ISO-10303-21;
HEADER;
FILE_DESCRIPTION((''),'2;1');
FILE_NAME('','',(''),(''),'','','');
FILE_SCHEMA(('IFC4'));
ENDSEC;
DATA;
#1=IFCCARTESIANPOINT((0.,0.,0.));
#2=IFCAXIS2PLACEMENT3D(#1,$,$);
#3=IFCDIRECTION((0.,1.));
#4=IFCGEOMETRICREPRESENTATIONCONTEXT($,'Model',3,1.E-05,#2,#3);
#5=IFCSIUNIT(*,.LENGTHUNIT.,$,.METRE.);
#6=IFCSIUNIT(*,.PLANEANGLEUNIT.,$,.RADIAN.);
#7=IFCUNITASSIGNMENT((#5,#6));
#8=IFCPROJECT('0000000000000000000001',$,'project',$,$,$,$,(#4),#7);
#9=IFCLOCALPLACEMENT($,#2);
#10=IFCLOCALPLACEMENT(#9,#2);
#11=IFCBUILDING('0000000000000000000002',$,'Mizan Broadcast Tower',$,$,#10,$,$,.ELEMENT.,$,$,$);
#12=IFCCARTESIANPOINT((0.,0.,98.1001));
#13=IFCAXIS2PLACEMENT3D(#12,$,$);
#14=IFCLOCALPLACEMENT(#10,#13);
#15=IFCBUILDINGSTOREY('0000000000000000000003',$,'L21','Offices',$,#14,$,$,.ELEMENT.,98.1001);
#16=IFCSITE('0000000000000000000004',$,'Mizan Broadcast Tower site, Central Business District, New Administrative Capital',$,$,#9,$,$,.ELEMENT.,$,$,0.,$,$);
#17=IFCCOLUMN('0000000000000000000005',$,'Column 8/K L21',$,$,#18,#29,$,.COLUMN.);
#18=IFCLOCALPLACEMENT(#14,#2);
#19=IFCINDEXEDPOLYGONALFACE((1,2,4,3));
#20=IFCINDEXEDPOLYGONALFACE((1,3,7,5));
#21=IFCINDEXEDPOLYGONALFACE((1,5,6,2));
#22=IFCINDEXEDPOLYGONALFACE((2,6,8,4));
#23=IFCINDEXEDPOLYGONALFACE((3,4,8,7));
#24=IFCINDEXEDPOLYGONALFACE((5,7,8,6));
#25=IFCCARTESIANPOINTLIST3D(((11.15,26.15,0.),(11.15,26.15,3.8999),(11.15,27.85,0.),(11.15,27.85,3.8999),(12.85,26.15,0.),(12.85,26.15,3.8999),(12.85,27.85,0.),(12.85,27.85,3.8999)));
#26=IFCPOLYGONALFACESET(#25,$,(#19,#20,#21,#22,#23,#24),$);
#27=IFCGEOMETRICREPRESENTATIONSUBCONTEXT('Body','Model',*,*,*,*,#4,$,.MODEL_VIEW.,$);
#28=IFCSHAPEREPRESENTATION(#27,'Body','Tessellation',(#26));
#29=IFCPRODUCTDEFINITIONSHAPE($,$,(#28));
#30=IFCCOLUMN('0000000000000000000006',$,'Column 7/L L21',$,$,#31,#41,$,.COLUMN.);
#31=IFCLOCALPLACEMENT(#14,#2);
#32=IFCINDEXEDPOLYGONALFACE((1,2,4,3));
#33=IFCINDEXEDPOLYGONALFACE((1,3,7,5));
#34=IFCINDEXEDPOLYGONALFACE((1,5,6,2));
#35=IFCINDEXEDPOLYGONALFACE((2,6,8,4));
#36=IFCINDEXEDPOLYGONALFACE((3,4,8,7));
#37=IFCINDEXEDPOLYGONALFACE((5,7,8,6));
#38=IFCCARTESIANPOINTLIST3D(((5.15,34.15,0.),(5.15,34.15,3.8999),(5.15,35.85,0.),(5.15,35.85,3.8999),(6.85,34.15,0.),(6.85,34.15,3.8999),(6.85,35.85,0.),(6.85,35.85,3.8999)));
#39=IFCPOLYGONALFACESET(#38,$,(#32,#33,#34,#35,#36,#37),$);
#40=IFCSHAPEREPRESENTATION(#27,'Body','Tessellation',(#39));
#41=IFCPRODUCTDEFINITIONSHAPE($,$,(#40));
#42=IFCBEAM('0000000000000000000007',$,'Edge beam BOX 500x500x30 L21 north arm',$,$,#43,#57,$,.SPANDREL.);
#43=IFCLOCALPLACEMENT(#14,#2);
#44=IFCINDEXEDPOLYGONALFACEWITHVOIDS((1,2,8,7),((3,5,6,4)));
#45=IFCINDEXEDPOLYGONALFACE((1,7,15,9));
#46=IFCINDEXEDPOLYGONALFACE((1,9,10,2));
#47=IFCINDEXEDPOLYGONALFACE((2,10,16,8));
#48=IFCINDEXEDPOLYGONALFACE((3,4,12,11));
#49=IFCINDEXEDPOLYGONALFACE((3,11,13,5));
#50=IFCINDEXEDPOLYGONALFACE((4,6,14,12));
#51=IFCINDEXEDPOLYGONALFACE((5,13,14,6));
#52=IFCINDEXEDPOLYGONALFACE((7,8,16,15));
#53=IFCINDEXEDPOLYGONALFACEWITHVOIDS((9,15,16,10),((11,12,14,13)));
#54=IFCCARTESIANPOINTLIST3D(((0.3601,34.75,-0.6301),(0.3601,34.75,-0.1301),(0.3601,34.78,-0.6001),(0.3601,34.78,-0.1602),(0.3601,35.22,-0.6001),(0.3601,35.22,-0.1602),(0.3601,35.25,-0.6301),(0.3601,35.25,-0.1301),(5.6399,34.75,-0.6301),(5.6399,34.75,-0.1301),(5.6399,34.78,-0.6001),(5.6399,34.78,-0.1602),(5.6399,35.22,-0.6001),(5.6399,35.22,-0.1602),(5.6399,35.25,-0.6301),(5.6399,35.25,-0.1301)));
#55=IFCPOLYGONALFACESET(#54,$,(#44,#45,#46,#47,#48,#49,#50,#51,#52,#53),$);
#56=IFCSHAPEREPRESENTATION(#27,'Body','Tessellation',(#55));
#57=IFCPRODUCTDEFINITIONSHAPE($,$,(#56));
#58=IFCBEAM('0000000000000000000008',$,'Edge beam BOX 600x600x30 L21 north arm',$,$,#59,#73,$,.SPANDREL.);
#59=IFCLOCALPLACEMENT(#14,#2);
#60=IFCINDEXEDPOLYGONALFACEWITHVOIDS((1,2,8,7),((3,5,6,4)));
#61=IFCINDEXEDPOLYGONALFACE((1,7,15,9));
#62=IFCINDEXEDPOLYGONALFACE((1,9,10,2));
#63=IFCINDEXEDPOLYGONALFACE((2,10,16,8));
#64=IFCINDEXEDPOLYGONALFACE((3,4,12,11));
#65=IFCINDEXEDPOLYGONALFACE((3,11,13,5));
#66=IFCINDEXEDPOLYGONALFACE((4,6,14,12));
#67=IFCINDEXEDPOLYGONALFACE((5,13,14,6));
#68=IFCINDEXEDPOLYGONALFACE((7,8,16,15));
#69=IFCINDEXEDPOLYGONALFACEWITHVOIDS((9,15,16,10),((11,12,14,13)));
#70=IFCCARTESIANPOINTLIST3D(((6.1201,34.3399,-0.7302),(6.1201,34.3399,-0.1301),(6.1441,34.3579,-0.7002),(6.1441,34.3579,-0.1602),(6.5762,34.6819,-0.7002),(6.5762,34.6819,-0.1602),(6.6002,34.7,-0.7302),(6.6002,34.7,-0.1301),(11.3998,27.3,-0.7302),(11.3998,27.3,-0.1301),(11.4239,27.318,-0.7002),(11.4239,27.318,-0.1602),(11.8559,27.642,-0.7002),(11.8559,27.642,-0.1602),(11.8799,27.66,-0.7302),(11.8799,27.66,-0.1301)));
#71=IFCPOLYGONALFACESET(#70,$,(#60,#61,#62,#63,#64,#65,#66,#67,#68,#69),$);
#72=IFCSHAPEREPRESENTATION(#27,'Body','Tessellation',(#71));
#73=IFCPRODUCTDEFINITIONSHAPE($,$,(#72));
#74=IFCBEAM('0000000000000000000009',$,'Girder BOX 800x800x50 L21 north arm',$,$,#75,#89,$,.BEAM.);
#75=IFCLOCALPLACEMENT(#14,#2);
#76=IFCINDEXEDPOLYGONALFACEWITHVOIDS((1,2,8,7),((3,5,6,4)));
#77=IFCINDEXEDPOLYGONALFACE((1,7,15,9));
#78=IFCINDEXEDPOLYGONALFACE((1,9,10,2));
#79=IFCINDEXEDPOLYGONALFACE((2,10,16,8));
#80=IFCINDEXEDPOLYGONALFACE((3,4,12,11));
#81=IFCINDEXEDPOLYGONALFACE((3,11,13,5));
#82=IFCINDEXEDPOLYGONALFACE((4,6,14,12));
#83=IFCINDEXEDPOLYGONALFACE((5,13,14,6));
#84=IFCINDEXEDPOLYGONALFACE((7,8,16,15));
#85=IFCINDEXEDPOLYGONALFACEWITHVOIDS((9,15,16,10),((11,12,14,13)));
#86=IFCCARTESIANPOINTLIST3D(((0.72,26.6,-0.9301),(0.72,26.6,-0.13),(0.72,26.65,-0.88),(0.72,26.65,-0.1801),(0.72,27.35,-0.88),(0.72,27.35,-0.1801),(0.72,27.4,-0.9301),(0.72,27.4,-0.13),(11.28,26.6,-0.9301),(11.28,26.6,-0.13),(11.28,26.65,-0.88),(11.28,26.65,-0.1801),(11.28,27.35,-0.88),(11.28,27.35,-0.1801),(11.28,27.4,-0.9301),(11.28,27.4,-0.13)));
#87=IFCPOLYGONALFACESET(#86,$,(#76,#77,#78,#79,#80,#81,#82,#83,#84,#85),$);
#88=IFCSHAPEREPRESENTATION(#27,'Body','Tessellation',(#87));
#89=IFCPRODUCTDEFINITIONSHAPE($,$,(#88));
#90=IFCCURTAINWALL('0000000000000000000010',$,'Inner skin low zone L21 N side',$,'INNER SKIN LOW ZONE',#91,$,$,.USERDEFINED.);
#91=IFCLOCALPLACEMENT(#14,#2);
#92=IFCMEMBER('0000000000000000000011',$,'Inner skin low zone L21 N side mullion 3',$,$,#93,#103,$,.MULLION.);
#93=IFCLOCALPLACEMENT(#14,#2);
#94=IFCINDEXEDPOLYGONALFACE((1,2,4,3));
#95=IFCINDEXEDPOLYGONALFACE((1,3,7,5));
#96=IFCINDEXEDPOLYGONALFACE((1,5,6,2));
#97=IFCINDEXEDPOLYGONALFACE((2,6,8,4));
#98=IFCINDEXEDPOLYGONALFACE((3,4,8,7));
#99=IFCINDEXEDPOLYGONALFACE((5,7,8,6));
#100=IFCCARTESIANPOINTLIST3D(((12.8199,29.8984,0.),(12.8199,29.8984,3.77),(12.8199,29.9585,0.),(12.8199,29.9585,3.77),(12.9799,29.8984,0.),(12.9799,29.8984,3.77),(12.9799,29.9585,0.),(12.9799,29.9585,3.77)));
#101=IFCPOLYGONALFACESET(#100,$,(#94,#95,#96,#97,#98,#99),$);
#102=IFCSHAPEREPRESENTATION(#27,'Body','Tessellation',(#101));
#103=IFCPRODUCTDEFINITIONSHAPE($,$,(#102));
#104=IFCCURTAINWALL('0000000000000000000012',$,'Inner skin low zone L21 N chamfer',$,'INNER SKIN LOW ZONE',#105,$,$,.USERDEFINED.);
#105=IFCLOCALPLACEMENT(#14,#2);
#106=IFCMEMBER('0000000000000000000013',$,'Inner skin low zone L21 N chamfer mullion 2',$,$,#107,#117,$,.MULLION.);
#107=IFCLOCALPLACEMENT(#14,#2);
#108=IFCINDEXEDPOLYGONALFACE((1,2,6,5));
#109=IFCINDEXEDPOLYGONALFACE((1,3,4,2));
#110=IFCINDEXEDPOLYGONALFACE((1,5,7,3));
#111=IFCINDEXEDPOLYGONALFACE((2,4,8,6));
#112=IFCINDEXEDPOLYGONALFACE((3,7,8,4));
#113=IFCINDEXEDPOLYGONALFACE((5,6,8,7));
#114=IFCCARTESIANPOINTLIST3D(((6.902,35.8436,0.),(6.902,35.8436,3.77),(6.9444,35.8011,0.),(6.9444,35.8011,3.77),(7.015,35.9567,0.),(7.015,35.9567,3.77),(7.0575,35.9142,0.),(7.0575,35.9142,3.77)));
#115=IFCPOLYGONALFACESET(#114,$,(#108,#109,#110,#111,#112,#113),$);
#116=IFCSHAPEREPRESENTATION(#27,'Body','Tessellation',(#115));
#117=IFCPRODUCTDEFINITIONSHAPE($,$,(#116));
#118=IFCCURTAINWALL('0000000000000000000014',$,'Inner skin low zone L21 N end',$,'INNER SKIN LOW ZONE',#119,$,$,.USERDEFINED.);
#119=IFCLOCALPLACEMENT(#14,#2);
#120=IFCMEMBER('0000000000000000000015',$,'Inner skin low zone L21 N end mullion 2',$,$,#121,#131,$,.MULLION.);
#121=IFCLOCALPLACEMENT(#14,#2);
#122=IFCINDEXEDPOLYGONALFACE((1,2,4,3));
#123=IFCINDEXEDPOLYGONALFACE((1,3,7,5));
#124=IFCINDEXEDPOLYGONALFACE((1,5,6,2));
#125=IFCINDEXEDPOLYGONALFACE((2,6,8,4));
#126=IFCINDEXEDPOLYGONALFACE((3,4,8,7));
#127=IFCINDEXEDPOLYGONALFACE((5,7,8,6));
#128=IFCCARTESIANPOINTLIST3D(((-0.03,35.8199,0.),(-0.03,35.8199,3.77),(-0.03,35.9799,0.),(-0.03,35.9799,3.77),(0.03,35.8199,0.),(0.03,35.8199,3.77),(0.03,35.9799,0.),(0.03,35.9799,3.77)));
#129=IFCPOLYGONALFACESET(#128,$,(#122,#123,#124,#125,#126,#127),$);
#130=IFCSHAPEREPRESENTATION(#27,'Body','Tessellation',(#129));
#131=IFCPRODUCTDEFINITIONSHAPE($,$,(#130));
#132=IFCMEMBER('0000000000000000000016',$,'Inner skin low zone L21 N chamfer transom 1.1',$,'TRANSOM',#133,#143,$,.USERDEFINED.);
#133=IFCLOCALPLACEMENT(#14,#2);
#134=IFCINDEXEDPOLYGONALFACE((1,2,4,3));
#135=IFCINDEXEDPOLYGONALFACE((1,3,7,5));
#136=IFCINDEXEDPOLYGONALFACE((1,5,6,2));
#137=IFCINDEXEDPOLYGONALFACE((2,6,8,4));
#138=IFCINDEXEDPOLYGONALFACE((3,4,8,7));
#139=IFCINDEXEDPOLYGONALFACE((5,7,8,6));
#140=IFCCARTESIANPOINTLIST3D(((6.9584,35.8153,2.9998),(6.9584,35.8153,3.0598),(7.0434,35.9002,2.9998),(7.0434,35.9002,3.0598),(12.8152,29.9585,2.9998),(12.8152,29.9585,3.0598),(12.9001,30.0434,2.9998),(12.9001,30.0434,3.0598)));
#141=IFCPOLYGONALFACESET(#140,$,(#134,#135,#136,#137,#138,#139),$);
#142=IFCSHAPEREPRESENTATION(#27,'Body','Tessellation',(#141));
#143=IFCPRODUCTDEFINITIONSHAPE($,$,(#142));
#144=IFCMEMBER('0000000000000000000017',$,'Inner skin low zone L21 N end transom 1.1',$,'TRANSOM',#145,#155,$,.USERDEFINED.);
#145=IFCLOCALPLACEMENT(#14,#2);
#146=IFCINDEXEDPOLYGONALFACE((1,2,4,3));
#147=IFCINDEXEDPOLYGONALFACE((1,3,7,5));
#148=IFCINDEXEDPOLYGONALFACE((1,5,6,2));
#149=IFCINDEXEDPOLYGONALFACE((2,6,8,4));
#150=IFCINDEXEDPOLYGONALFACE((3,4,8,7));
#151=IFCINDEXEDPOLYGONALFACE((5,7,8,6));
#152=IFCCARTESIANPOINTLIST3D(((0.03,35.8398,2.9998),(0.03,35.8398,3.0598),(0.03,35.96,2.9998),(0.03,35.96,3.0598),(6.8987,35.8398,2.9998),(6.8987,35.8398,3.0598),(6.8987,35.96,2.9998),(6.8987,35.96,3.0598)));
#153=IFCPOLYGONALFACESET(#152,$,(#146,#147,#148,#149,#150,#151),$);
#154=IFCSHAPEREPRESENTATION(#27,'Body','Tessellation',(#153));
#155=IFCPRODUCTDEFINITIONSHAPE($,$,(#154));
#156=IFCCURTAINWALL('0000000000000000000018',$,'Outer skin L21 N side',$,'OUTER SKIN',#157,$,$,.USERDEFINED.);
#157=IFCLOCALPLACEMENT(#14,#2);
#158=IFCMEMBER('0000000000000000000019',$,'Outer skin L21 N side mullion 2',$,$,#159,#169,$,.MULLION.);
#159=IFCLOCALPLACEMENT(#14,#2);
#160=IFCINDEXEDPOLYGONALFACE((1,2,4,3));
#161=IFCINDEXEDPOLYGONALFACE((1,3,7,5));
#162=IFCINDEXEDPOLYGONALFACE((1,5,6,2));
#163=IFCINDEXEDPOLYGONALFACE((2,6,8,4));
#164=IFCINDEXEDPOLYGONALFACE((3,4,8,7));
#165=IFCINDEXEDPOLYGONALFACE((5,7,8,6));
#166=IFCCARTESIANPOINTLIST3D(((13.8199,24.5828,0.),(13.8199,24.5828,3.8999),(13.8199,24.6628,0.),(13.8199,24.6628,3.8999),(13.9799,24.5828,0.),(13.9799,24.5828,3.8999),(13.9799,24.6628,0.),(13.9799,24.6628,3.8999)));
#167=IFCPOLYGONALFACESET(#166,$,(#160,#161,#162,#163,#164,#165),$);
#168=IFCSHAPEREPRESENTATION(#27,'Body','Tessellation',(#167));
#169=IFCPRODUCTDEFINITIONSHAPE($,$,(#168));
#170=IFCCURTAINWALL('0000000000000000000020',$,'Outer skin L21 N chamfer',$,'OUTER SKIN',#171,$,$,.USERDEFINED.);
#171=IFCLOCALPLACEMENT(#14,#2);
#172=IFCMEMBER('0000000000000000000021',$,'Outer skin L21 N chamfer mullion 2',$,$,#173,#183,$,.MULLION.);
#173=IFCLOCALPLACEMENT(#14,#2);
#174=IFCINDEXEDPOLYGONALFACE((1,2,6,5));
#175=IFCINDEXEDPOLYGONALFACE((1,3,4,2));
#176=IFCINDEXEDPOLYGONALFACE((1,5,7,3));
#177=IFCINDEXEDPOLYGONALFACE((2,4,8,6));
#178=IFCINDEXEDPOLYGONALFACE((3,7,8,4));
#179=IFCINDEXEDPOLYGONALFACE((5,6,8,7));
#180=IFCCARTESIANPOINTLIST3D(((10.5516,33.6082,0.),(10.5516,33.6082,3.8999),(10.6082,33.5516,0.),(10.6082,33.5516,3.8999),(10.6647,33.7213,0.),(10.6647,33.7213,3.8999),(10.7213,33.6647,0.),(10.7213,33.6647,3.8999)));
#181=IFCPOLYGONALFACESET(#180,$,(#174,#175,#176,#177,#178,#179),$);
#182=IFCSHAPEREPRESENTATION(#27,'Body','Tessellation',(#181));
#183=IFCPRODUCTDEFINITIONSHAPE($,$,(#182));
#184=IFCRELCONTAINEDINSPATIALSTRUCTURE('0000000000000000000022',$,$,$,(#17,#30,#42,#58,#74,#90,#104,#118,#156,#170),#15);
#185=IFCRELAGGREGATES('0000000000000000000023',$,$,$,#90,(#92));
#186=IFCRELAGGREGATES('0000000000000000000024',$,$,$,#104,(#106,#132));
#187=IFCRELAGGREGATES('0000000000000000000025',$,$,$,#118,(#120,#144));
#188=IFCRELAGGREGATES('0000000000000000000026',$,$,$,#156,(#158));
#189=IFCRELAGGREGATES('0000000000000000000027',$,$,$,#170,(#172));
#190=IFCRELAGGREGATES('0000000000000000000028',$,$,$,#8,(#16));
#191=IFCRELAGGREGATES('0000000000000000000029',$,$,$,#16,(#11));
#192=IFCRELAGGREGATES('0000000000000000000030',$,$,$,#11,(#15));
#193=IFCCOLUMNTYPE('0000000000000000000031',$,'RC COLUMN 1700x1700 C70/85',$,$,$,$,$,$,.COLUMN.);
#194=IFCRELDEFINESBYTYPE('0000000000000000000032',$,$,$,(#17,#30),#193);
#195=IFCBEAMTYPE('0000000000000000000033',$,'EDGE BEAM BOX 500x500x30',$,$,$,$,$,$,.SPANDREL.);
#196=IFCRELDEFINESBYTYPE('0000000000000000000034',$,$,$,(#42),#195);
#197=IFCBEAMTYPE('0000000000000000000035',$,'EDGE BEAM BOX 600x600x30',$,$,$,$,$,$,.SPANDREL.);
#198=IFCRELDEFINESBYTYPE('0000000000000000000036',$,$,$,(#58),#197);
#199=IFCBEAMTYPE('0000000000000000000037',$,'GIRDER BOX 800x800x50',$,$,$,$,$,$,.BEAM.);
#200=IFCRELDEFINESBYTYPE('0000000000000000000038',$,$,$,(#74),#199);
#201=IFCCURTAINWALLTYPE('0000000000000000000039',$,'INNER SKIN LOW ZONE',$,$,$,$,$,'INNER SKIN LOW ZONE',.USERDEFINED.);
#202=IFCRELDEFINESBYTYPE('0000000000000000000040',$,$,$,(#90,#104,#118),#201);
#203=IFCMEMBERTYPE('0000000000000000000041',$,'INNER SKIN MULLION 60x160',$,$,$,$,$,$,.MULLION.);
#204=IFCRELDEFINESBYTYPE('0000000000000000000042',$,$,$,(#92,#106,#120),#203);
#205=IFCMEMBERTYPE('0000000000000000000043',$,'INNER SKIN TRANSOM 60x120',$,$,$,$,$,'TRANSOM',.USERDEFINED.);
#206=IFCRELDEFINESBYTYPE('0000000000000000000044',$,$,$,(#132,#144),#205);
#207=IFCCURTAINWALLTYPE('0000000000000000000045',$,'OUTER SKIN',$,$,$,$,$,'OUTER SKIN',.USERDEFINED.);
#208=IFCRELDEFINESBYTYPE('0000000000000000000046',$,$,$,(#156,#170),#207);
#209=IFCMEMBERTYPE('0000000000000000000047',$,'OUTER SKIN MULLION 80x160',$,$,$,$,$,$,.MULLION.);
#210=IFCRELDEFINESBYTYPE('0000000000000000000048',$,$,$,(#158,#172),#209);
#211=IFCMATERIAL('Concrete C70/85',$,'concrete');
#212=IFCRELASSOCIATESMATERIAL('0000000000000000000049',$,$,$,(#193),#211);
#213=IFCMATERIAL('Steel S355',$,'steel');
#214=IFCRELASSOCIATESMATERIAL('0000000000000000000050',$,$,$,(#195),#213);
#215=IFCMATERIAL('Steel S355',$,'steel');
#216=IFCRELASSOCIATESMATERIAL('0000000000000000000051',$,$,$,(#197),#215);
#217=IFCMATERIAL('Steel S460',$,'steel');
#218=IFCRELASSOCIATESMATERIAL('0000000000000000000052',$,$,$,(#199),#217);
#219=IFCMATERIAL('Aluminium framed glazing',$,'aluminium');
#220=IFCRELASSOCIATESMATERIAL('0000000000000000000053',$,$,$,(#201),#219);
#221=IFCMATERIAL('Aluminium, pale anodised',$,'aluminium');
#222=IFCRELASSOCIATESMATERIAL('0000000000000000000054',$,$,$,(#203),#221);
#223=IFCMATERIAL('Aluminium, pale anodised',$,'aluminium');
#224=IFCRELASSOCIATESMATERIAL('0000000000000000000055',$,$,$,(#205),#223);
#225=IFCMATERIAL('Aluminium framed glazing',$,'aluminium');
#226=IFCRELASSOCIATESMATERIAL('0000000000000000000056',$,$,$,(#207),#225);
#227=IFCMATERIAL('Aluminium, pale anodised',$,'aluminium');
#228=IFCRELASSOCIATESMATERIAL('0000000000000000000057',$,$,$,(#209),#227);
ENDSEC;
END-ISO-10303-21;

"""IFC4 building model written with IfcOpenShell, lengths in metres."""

from ifc_helpers import new_model, si_unit, direction, frame, origin, origin_2d, place, context, subcontext, project, spatial, rectangle, hollow_rectangle, extrude, material, material_profile, profile_set, type_object, element, aggregate, save


model = new_model("IFC4")

# Units and contexts
model_context = context("Model", 3, precision=1e-05, world=origin(), true_north=direction((0.0, 1.0)))
body_context = subcontext(model_context, "Body", "Model", "MODEL_VIEW")
ifc_project = project(units=[si_unit("LENGTHUNIT", "METRE"), si_unit("PLANEANGLEUNIT", "RADIAN")], contexts=[model_context])

# Site, building, storey
site_placement = place(None, origin())
site = spatial("IfcSite", under=ifc_project, at=site_placement, Name="Mizan Broadcast Tower site, Central Business District, New Administrative Capital", CompositionType="ELEMENT", RefElevation=0.0)
building_placement = place(site_placement, origin())
building = spatial("IfcBuilding", under=site, at=building_placement, Name="Mizan Broadcast Tower", CompositionType="ELEMENT")
storey_placement = place(building_placement, frame((0.0, 0.0, 98.1001)))
storey = spatial("IfcBuildingStorey", under=building, at=storey_placement, Name="L21", Description="Offices", CompositionType="ELEMENT", Elevation=98.1001)

# Columns
ifc_material_1 = material(Name="Concrete C70/85", Category="concrete")
ifc_material_profile_1 = material_profile(ifc_material_1, rectangle(XDim=1.7, YDim=1.7, at=origin_2d()), Name="RC 1700x1700")
ifc_profile_set_1 = profile_set([ifc_material_profile_1], Name="Concrete C70/85")
column_type = type_object("IfcColumnType", Name="RC COLUMN 1700x1700 C70/85", PredefinedType="COLUMN", material=ifc_profile_set_1)
for number, where, z_axis, x_axis, name in (
    (1, (12.0, 27.0, 0.0), (0.0, 0.0, 1.0), (1.0, 0.0, 0.0), "Column 8/K L21"),
    (2, (6.0, 35.0, 0.0), (0.0, 0.0, 1.0), (1.0, 0.0, 0.0), "Column 7/L L21"),
):
    element("IfcColumn", number, at=place(storey_placement, frame(where, z_axis=z_axis, x_axis=x_axis)), inside=storey, type_object=column_type, Name=name, PredefinedType="COLUMN", context=body_context, shape_type="SweptSolid", body=[
        extrude(rectangle(XDim=1.7, YDim=1.7, at=origin_2d()), origin(), (0.0, 0.0, 1.0), 3.8999),
    ])

# Beams
ifc_material_2 = material(Name="Steel S355", Category="steel")
ifc_material_profile_2 = material_profile(ifc_material_2, hollow_rectangle(XDim=0.5, YDim=0.5, WallThickness=0.03, at=origin_2d()), Name="BOX 500x500x30")
ifc_profile_set_2 = profile_set([ifc_material_profile_2], Name="Steel S355")
beam_type_1 = type_object("IfcBeamType", Name="EDGE BEAM BOX 500x500x30", PredefinedType="SPANDREL", material=ifc_profile_set_2)
beam_1_placement = place(storey_placement, frame((5.6399, 35.0, -0.3801), z_axis=(-1.0, 0.0, 0.0), x_axis=(0.0, -1.0, 0.0)))
element("IfcBeam", 3, at=beam_1_placement, inside=storey, type_object=beam_type_1, Name="Edge beam BOX 500x500x30 L21 north arm", PredefinedType="SPANDREL", context=body_context, shape_type="SweptSolid", body=[
    extrude(hollow_rectangle(XDim=0.5, YDim=0.5, WallThickness=0.03, at=origin_2d()), origin(), (0.0, 0.0, 1.0), 5.2798),
])
ifc_material_3 = material(Name="Steel S355", Category="steel")
ifc_material_profile_3 = material_profile(ifc_material_3, hollow_rectangle(XDim=0.6001, YDim=0.6001, WallThickness=0.03, at=origin_2d()), Name="BOX 600x600x30")
ifc_profile_set_3 = profile_set([ifc_material_profile_3], Name="Steel S355")
beam_type_2 = type_object("IfcBeamType", Name="EDGE BEAM BOX 600x600x30", PredefinedType="SPANDREL", material=ifc_profile_set_3)
beam_2_placement = place(storey_placement, frame((11.6399, 27.48, -0.4302), z_axis=(-0.599982, 0.800013, 0.0), x_axis=(-0.800013, -0.599982, 0.0)))
element("IfcBeam", 4, at=beam_2_placement, inside=storey, type_object=beam_type_2, Name="Edge beam BOX 600x600x30 L21 north arm", PredefinedType="SPANDREL", context=body_context, shape_type="SweptSolid", body=[
    extrude(hollow_rectangle(XDim=0.6001, YDim=0.6001, WallThickness=0.03, at=origin_2d()), origin(), (0.0, 0.0, 1.0), 8.7998),
])
ifc_material_4 = material(Name="Steel S460", Category="steel")
ifc_material_profile_4 = material_profile(ifc_material_4, hollow_rectangle(XDim=0.8, YDim=0.8, WallThickness=0.05, at=origin_2d()), Name="BOX 800x800x50")
ifc_profile_set_4 = profile_set([ifc_material_profile_4], Name="Steel S460")
beam_type_3 = type_object("IfcBeamType", Name="GIRDER BOX 800x800x50", PredefinedType="BEAM", material=ifc_profile_set_4)
beam_3_placement = place(storey_placement, frame((11.28, 27.0, -0.53), z_axis=(-1.0, 0.0, 0.0), x_axis=(0.0, -1.0, 0.0)))
element("IfcBeam", 5, at=beam_3_placement, inside=storey, type_object=beam_type_3, Name="Girder BOX 800x800x50 L21 north arm", PredefinedType="BEAM", context=body_context, shape_type="SweptSolid", body=[
    extrude(hollow_rectangle(XDim=0.8, YDim=0.8, WallThickness=0.05, at=origin_2d()), origin(), (0.0, 0.0, 1.0), 10.5601),
])

# Curtain walls, members
ifc_material_5 = material(Name="Aluminium framed glazing", Category="aluminium")
curtain_wall_type_1 = type_object("IfcCurtainWallType", Name="INNER SKIN LOW ZONE", ElementType="INNER SKIN LOW ZONE", PredefinedType="USERDEFINED", material=ifc_material_5)
curtain_wall_1_placement = place(storey_placement, origin())
curtain_wall_1 = element("IfcCurtainWall", 6, at=curtain_wall_1_placement, inside=storey, type_object=curtain_wall_type_1, Name="Inner skin low zone L21 N side", ObjectType="INNER SKIN LOW ZONE", PredefinedType="USERDEFINED")
ifc_material_6 = material(Name="Aluminium, pale anodised", Category="aluminium")
ifc_material_profile_5 = material_profile(ifc_material_6, rectangle(XDim=0.1599, YDim=0.0601, at=origin_2d()), Name="MULLION 160x60")
ifc_profile_set_5 = profile_set([ifc_material_profile_5], Name="Aluminium, pale anodised")
member_type_1 = type_object("IfcMemberType", Name="INNER SKIN MULLION 60x160", PredefinedType="MULLION", material=ifc_profile_set_5)
member_1_placement = place(storey_placement, frame((12.8999, 29.9285, 0.0), z_axis=(0.0, 0.0, 1.0), x_axis=(-1.0, 0.0, 0.0)))
member_1 = element("IfcMember", 7, at=member_1_placement, type_object=member_type_1, Name="Inner skin low zone L21 N side mullion 3", PredefinedType="MULLION", context=body_context, shape_type="SweptSolid", body=[
    extrude(rectangle(XDim=0.1599, YDim=0.0601, at=origin_2d()), origin(), (0.0, 0.0, 1.0), 3.77),
])
curtain_wall_2_placement = place(storey_placement, origin())
curtain_wall_2 = element("IfcCurtainWall", 8, at=curtain_wall_2_placement, inside=storey, type_object=curtain_wall_type_1, Name="Inner skin low zone L21 N chamfer", ObjectType="INNER SKIN LOW ZONE", PredefinedType="USERDEFINED")
member_2_placement = place(storey_placement, frame((6.9797, 35.8789, 0.0), z_axis=(0.0, 0.0, 1.0), x_axis=(-0.707107, -0.707107, 0.0)))
member_2 = element("IfcMember", 9, at=member_2_placement, type_object=member_type_1, Name="Inner skin low zone L21 N chamfer mullion 2", PredefinedType="MULLION", context=body_context, shape_type="SweptSolid", body=[
    extrude(rectangle(XDim=0.1599, YDim=0.0601, at=origin_2d()), origin(), (0.0, 0.0, 1.0), 3.77),
])
curtain_wall_3_placement = place(storey_placement, origin())
curtain_wall_3 = element("IfcCurtainWall", 10, at=curtain_wall_3_placement, inside=storey, type_object=curtain_wall_type_1, Name="Inner skin low zone L21 N end", ObjectType="INNER SKIN LOW ZONE", PredefinedType="USERDEFINED")
member_3_placement = place(storey_placement, frame((0.0, 35.8999, 0.0), z_axis=(0.0, 0.0, 1.0), x_axis=(0.0, -1.0, 0.0)))
member_3 = element("IfcMember", 11, at=member_3_placement, type_object=member_type_1, Name="Inner skin low zone L21 N end mullion 2", PredefinedType="MULLION", context=body_context, shape_type="SweptSolid", body=[
    extrude(rectangle(XDim=0.1599, YDim=0.0601, at=origin_2d()), origin(), (0.0, 0.0, 1.0), 3.77),
])

# Members
ifc_material_7 = material(Name="Aluminium, pale anodised", Category="aluminium")
ifc_material_profile_6 = material_profile(ifc_material_7, rectangle(XDim=0.1201, YDim=0.0601, at=origin_2d()), Name="TRANSOM 120x60")
ifc_profile_set_6 = profile_set([ifc_material_profile_6], Name="Aluminium, pale anodised")
member_type_2 = type_object("IfcMemberType", Name="INNER SKIN TRANSOM 60x120", ElementType="TRANSOM", PredefinedType="USERDEFINED", material=ifc_profile_set_6)
member_4_placement = place(storey_placement, frame((12.8577, 30.001, 3.0298), z_axis=(-0.707107, 0.707107, 0.0), x_axis=(-0.707107, -0.707107, 0.0)))
member_4 = element("IfcMember", 12, at=member_4_placement, type_object=member_type_2, Name="Inner skin low zone L21 N chamfer transom 1.1", ObjectType="TRANSOM", PredefinedType="USERDEFINED", context=body_context, shape_type="SweptSolid", body=[
    extrude(rectangle(XDim=0.1201, YDim=0.0601, at=origin_2d()), origin(), (0.0, 0.0, 1.0), 8.2827),
])
member_5_placement = place(storey_placement, frame((6.8987, 35.8999, 3.0298), z_axis=(-1.0, 0.0, 0.0), x_axis=(0.0, -1.0, 0.0)))
member_5 = element("IfcMember", 13, at=member_5_placement, type_object=member_type_2, Name="Inner skin low zone L21 N end transom 1.1", ObjectType="TRANSOM", PredefinedType="USERDEFINED", context=body_context, shape_type="SweptSolid", body=[
    extrude(rectangle(XDim=0.1201, YDim=0.0601, at=origin_2d()), origin(), (0.0, 0.0, 1.0), 6.8687),
])

# Curtain wall, member
ifc_material_8 = material(Name="Aluminium framed glazing", Category="aluminium")
curtain_wall_type_2 = type_object("IfcCurtainWallType", Name="OUTER SKIN", ElementType="OUTER SKIN", PredefinedType="USERDEFINED", material=ifc_material_8)
curtain_wall_4_placement = place(storey_placement, origin())
curtain_wall_4 = element("IfcCurtainWall", 14, at=curtain_wall_4_placement, inside=storey, type_object=curtain_wall_type_2, Name="Outer skin L21 N side", ObjectType="OUTER SKIN", PredefinedType="USERDEFINED")
ifc_material_9 = material(Name="Aluminium, pale anodised", Category="aluminium")
ifc_material_profile_7 = material_profile(ifc_material_9, rectangle(XDim=0.1599, YDim=0.0801, at=origin_2d()), Name="MULLION 160x80")
ifc_profile_set_7 = profile_set([ifc_material_profile_7], Name="Aluminium, pale anodised")
member_type_3 = type_object("IfcMemberType", Name="OUTER SKIN MULLION 80x160", PredefinedType="MULLION", material=ifc_profile_set_7)
member_6_placement = place(storey_placement, frame((13.8999, 24.6228, 0.0), z_axis=(0.0, 0.0, 1.0), x_axis=(-1.0, 0.0, 0.0)))
member_6 = element("IfcMember", 15, at=member_6_placement, type_object=member_type_3, Name="Outer skin L21 N side mullion 2", PredefinedType="MULLION", context=body_context, shape_type="SweptSolid", body=[
    extrude(rectangle(XDim=0.1599, YDim=0.0801, at=origin_2d()), origin(), (0.0, 0.0, 1.0), 3.8999),
])

# Curtain wall, member
curtain_wall_5_placement = place(storey_placement, origin())
curtain_wall_5 = element("IfcCurtainWall", 16, at=curtain_wall_5_placement, inside=storey, type_object=curtain_wall_type_2, Name="Outer skin L21 N chamfer", ObjectType="OUTER SKIN", PredefinedType="USERDEFINED")
member_7_placement = place(storey_placement, frame((10.6365, 33.6365, 0.0), z_axis=(0.0, 0.0, 1.0), x_axis=(-0.707107, -0.707107, 0.0)))
member_7 = element("IfcMember", 17, at=member_7_placement, type_object=member_type_3, Name="Outer skin L21 N chamfer mullion 2", PredefinedType="MULLION", context=body_context, shape_type="SweptSolid", body=[
    extrude(rectangle(XDim=0.1599, YDim=0.0801, at=origin_2d()), origin(), (0.0, 0.0, 1.0), 3.8999),
])

aggregate(curtain_wall_1, [member_1])
aggregate(curtain_wall_2, [member_2, member_4])
aggregate(curtain_wall_3, [member_3, member_5])
aggregate(curtain_wall_4, [member_6])
aggregate(curtain_wall_5, [member_7])

save(model, "model.ifc")
